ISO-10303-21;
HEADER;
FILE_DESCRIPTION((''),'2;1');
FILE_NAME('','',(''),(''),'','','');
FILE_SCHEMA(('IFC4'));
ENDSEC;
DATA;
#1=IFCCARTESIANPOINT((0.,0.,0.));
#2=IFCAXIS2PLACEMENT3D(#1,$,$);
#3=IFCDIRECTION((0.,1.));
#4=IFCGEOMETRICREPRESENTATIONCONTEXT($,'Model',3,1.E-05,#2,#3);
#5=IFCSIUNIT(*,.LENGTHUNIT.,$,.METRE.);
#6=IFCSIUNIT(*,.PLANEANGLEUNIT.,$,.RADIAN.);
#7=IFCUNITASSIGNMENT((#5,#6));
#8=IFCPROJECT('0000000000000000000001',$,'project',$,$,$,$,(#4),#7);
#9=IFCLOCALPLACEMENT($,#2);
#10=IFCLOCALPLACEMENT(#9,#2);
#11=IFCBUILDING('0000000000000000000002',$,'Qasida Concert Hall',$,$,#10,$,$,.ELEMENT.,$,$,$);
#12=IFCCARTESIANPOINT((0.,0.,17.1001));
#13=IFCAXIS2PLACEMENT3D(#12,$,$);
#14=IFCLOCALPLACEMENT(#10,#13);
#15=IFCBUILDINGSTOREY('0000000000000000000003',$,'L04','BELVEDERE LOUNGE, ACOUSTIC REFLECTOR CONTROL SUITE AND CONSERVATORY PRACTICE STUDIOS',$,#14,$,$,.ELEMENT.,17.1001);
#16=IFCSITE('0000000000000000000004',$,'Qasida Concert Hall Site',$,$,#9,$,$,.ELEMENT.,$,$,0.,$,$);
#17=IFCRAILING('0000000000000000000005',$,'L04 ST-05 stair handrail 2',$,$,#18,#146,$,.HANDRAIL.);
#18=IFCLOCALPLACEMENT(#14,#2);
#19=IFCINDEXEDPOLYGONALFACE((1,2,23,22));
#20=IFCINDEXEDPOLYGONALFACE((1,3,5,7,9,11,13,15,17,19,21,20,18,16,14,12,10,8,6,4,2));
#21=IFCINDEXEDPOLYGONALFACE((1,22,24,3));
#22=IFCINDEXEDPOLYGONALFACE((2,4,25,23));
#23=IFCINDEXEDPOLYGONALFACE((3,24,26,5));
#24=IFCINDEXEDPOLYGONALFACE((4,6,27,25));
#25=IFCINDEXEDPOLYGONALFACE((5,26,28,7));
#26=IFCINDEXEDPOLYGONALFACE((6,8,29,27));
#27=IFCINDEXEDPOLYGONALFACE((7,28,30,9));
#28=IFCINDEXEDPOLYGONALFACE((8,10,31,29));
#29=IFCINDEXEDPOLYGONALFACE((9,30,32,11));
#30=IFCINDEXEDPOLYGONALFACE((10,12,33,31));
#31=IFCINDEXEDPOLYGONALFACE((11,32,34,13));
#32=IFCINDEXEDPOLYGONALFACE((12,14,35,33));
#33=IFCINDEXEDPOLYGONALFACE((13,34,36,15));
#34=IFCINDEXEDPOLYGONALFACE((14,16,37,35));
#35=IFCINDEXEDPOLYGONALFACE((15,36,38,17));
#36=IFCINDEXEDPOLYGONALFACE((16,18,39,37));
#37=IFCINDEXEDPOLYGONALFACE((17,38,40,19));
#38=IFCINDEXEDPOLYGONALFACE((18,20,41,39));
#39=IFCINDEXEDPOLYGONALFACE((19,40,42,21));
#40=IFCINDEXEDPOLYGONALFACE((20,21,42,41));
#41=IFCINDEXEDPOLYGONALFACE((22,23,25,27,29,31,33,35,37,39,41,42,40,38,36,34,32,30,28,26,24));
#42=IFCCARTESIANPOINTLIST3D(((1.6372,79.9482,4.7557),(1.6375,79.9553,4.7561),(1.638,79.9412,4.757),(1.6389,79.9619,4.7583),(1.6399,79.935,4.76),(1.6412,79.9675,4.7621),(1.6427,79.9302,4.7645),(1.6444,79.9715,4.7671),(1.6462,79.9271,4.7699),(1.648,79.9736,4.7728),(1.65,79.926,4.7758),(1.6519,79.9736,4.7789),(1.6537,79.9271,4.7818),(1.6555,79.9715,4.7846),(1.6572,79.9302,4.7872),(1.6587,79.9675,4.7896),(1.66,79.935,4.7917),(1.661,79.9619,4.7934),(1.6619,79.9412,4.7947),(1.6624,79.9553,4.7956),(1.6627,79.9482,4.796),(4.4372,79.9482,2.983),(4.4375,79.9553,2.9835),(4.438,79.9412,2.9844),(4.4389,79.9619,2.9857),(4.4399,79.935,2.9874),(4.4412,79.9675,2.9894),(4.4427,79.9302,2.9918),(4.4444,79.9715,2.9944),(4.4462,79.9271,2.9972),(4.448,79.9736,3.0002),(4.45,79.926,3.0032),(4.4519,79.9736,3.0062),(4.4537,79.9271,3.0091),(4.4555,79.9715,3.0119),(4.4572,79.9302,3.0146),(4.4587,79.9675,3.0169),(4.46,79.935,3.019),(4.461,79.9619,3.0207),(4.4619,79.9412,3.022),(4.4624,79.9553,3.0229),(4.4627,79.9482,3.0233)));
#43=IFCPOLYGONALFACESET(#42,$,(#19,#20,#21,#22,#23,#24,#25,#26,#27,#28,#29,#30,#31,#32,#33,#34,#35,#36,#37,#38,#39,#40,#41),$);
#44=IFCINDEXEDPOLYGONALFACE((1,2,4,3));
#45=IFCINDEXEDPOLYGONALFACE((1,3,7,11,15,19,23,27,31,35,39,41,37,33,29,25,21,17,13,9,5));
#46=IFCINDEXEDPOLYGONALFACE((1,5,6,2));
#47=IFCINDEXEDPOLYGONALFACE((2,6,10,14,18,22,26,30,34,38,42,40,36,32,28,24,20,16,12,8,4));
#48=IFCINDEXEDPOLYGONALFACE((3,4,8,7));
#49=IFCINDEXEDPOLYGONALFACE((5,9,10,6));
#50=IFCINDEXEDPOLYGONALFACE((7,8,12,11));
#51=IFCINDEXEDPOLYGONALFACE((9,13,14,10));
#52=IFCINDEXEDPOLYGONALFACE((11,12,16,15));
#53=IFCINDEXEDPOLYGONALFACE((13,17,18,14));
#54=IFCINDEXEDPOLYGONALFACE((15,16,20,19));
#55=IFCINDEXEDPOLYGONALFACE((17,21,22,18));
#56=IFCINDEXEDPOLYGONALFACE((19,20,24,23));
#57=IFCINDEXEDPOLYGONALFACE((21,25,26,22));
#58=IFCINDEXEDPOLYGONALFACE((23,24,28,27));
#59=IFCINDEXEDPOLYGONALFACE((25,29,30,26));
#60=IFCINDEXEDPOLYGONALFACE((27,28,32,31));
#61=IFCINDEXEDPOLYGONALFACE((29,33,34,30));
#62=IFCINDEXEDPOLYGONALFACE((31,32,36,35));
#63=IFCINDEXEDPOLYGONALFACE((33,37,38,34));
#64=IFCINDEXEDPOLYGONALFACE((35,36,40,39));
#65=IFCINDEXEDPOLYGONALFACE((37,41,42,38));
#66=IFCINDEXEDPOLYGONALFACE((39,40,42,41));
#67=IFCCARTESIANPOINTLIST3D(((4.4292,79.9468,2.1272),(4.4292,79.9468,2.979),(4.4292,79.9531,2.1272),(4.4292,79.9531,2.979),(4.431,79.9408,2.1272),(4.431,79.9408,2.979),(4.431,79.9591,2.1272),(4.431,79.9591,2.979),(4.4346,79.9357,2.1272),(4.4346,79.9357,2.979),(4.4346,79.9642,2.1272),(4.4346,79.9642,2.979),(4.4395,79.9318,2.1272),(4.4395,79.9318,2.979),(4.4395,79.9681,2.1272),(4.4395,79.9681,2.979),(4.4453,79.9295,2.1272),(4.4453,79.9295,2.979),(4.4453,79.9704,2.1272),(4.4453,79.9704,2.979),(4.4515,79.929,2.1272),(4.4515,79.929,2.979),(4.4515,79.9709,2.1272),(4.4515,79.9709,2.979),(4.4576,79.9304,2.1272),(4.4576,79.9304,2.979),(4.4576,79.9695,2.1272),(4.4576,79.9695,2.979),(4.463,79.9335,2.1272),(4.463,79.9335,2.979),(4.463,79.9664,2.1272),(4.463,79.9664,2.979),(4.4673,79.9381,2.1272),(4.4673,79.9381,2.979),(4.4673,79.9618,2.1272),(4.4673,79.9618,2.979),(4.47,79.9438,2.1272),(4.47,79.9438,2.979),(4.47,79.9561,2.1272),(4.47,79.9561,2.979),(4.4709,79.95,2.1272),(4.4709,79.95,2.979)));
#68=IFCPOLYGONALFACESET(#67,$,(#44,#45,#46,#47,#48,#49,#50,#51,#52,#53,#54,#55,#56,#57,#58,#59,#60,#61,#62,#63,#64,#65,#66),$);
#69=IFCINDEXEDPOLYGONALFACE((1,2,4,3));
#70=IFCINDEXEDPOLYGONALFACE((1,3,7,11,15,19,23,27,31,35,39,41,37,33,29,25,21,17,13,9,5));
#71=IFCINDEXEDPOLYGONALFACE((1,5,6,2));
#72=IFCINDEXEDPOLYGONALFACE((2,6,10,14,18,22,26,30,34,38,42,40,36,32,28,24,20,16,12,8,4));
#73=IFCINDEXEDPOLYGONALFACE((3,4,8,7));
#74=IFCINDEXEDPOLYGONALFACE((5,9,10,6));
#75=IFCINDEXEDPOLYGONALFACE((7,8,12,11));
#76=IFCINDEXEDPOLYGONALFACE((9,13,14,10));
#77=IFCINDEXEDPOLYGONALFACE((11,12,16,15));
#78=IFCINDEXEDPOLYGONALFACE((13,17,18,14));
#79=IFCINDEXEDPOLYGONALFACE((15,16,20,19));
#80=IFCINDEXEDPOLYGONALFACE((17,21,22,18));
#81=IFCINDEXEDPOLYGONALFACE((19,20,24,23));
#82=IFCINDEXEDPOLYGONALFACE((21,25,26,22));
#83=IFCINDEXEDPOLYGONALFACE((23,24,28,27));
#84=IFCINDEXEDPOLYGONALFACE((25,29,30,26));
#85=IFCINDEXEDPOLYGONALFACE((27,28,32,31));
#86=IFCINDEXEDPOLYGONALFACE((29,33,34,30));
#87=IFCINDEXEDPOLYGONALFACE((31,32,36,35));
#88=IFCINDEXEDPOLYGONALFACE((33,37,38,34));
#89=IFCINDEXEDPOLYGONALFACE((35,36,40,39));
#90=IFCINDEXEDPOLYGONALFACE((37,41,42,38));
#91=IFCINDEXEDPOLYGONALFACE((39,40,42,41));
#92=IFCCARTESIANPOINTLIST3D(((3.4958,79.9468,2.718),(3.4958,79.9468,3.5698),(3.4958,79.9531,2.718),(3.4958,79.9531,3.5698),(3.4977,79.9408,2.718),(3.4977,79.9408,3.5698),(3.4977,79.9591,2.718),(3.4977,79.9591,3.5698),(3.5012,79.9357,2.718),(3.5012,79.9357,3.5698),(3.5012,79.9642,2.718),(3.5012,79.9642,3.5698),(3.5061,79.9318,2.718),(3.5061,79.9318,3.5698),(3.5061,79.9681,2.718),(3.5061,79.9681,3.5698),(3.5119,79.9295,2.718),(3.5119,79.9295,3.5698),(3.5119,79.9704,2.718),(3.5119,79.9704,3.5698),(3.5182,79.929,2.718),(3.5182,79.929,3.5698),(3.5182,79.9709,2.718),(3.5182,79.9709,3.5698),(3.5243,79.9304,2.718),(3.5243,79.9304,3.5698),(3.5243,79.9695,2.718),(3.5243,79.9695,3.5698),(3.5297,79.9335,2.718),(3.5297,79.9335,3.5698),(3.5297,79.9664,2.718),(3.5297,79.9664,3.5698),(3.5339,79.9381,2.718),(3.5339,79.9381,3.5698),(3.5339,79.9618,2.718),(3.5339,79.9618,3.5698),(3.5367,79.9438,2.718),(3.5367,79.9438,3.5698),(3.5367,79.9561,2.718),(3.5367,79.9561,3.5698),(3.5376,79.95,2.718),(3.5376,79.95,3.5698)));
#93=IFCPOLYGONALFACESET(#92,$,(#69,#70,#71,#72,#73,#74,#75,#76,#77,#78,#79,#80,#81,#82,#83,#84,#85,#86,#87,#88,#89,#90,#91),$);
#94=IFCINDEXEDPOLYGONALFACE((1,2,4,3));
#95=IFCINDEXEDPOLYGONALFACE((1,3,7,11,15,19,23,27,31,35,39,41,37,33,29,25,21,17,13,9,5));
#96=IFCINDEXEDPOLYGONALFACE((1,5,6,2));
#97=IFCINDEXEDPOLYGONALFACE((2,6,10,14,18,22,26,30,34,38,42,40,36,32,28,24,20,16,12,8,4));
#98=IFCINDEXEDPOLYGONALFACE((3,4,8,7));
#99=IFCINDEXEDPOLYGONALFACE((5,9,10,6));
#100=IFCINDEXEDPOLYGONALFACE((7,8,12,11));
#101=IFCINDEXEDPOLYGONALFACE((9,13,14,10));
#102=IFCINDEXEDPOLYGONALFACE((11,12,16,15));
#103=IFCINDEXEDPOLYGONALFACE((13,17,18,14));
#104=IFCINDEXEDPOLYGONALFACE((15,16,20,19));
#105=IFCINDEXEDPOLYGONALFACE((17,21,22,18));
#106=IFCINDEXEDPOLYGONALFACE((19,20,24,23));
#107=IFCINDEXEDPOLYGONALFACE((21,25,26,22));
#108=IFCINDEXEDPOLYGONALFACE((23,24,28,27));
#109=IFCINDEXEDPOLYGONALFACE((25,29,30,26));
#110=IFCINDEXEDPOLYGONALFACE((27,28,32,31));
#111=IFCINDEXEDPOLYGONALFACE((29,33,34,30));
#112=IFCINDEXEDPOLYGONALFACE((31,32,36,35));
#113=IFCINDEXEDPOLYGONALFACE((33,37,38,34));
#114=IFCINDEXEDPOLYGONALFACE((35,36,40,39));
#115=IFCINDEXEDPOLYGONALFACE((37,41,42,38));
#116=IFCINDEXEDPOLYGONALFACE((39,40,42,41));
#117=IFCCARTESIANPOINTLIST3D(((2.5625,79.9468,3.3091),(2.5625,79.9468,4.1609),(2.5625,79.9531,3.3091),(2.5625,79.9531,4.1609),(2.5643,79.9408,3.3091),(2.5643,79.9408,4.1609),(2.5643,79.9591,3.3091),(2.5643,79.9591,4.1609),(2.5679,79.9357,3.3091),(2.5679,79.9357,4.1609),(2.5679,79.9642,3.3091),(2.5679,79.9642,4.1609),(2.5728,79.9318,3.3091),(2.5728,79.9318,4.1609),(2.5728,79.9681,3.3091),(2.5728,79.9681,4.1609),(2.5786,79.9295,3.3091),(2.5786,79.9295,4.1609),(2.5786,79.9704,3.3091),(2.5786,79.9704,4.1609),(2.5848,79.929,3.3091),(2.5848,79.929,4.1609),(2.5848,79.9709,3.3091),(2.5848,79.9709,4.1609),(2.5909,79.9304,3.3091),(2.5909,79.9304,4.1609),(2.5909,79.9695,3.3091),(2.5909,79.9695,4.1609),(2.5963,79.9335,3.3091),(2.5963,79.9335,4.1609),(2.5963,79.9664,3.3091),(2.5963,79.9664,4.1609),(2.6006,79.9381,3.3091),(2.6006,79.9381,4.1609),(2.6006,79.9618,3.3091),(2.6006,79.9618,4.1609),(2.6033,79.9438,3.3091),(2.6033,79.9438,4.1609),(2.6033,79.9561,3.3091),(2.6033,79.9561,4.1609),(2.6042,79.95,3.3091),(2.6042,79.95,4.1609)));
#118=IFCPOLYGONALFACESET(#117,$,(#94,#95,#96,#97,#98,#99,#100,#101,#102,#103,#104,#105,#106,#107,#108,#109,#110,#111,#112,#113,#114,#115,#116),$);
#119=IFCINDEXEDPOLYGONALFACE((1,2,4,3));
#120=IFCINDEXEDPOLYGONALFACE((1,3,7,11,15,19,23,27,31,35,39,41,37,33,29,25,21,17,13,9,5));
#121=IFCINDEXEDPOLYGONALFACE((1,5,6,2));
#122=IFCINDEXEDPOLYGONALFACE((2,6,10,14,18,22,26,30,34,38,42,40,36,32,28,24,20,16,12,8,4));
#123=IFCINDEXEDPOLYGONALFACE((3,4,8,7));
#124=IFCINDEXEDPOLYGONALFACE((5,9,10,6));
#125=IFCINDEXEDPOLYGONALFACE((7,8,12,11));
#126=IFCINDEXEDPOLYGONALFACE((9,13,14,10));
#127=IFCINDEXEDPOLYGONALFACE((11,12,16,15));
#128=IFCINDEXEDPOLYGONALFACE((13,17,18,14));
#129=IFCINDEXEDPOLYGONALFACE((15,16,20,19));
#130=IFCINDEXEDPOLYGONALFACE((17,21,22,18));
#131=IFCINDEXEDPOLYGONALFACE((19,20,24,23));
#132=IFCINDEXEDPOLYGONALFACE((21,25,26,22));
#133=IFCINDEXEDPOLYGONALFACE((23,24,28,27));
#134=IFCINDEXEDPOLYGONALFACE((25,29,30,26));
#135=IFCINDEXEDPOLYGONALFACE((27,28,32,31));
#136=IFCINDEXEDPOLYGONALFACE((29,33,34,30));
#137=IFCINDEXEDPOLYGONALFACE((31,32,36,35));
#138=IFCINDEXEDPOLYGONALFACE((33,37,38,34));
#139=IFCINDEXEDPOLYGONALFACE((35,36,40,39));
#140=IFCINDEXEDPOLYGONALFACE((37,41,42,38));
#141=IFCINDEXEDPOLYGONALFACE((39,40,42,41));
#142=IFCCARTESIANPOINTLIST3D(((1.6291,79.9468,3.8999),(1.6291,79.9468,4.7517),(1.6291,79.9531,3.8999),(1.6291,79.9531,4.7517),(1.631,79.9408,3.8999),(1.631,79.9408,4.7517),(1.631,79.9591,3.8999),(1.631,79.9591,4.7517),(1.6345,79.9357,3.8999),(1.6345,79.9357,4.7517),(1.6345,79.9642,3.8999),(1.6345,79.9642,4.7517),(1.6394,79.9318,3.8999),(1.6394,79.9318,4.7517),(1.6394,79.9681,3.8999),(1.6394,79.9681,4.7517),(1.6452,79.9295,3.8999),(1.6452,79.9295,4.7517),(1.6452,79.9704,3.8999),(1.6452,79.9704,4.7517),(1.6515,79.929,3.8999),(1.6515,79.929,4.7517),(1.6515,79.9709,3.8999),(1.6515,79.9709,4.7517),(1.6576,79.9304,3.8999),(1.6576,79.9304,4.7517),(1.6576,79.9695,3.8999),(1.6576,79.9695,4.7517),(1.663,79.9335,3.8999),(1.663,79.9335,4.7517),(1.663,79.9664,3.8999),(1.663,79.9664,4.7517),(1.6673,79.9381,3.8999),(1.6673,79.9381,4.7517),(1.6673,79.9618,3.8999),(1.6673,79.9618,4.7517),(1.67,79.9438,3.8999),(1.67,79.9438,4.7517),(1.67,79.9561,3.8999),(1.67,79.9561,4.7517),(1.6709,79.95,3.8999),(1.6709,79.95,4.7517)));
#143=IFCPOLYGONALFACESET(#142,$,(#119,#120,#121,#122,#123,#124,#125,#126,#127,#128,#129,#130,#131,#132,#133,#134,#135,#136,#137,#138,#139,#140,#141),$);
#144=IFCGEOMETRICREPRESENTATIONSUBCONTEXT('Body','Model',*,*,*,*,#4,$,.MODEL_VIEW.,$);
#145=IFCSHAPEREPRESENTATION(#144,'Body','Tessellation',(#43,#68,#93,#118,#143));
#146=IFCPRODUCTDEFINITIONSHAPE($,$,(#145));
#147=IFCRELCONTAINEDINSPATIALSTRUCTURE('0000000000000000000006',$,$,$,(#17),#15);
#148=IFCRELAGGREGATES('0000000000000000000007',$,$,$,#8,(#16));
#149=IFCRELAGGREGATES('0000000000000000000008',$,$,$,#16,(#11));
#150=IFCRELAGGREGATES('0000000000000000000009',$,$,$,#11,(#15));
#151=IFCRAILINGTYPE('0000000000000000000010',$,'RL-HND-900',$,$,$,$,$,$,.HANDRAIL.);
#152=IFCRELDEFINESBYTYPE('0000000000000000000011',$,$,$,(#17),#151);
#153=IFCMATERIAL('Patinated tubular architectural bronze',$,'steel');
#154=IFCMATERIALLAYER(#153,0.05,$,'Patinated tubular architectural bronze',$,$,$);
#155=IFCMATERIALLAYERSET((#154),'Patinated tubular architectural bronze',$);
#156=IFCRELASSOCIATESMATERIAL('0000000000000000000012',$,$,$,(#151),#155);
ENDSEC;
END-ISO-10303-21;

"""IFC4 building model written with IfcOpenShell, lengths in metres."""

from ifc_helpers import new_model, si_unit, direction, frame, origin, origin_2d, place, context, subcontext, project, spatial, circle, extrude, material, layer, layer_set, type_object, element, save


model = new_model("IFC4")

# Units and contexts
model_context = context("Model", 3, precision=1e-05, world=origin(), true_north=direction((0.0, 1.0)))
body_context = subcontext(model_context, "Body", "Model", "MODEL_VIEW")
ifc_project = project(units=[si_unit("LENGTHUNIT", "METRE"), si_unit("PLANEANGLEUNIT", "RADIAN")], contexts=[model_context])

# Site, building, storey
site_placement = place(None, origin())
site = spatial("IfcSite", under=ifc_project, at=site_placement, Name="Qasida Concert Hall Site", CompositionType="ELEMENT", RefElevation=0.0)
building_placement = place(site_placement, origin())
building = spatial("IfcBuilding", under=site, at=building_placement, Name="Qasida Concert Hall", CompositionType="ELEMENT")
storey_placement = place(building_placement, frame((0.0, 0.0, 17.1001)))
storey = spatial("IfcBuildingStorey", under=building, at=storey_placement, Name="L04", Description="BELVEDERE LOUNGE, ACOUSTIC REFLECTOR CONTROL SUITE AND CONSERVATORY PRACTICE STUDIOS", CompositionType="ELEMENT", Elevation=17.1001)

# Railing
ifc_material_1 = material(Name="Patinated tubular architectural bronze", Category="steel")
ifc_layer_1 = layer(ifc_material_1, 0.05, Name="Patinated tubular architectural bronze")
ifc_layer_set_1 = layer_set([ifc_layer_1], Name="Patinated tubular architectural bronze")
railing_type_1 = type_object("IfcRailingType", Name="RL-HND-900", PredefinedType="HANDRAIL", material=ifc_layer_set_1)
railing_1_placement = place(storey_placement, frame((4.45, 79.95, 2.1272)))
element("IfcRailing", 1, at=railing_1_placement, inside=storey, type_object=railing_type_1, Name="L04 ST-05 stair handrail 2", PredefinedType="HANDRAIL", context=body_context, shape_type="SweptSolid", body=[
    extrude(circle(Radius=0.0239, at=origin_2d()), frame((0.0, 0.0, 0.876), z_axis=(-0.844909, 0.0, 0.53491), x_axis=(0.0, -1.0, 0.0)), (0.0, 0.0, 1.0), 3.314),
    extrude(circle(Radius=0.021, at=origin_2d()), origin(), (0.0, 0.0, 1.0), 0.8518),
    extrude(circle(Radius=0.021, at=origin_2d()), frame((-0.9333, 0.0, 0.5908)), (0.0, 0.0, 1.0), 0.8518),
    extrude(circle(Radius=0.021, at=origin_2d()), frame((-1.8667, 0.0, 1.1819)), (0.0, 0.0, 1.0), 0.8518),
    extrude(circle(Radius=0.021, at=origin_2d()), frame((-2.8, 0.0, 1.7727)), (0.0, 0.0, 1.0), 0.8518),
])

save(model, "model.ifc")
